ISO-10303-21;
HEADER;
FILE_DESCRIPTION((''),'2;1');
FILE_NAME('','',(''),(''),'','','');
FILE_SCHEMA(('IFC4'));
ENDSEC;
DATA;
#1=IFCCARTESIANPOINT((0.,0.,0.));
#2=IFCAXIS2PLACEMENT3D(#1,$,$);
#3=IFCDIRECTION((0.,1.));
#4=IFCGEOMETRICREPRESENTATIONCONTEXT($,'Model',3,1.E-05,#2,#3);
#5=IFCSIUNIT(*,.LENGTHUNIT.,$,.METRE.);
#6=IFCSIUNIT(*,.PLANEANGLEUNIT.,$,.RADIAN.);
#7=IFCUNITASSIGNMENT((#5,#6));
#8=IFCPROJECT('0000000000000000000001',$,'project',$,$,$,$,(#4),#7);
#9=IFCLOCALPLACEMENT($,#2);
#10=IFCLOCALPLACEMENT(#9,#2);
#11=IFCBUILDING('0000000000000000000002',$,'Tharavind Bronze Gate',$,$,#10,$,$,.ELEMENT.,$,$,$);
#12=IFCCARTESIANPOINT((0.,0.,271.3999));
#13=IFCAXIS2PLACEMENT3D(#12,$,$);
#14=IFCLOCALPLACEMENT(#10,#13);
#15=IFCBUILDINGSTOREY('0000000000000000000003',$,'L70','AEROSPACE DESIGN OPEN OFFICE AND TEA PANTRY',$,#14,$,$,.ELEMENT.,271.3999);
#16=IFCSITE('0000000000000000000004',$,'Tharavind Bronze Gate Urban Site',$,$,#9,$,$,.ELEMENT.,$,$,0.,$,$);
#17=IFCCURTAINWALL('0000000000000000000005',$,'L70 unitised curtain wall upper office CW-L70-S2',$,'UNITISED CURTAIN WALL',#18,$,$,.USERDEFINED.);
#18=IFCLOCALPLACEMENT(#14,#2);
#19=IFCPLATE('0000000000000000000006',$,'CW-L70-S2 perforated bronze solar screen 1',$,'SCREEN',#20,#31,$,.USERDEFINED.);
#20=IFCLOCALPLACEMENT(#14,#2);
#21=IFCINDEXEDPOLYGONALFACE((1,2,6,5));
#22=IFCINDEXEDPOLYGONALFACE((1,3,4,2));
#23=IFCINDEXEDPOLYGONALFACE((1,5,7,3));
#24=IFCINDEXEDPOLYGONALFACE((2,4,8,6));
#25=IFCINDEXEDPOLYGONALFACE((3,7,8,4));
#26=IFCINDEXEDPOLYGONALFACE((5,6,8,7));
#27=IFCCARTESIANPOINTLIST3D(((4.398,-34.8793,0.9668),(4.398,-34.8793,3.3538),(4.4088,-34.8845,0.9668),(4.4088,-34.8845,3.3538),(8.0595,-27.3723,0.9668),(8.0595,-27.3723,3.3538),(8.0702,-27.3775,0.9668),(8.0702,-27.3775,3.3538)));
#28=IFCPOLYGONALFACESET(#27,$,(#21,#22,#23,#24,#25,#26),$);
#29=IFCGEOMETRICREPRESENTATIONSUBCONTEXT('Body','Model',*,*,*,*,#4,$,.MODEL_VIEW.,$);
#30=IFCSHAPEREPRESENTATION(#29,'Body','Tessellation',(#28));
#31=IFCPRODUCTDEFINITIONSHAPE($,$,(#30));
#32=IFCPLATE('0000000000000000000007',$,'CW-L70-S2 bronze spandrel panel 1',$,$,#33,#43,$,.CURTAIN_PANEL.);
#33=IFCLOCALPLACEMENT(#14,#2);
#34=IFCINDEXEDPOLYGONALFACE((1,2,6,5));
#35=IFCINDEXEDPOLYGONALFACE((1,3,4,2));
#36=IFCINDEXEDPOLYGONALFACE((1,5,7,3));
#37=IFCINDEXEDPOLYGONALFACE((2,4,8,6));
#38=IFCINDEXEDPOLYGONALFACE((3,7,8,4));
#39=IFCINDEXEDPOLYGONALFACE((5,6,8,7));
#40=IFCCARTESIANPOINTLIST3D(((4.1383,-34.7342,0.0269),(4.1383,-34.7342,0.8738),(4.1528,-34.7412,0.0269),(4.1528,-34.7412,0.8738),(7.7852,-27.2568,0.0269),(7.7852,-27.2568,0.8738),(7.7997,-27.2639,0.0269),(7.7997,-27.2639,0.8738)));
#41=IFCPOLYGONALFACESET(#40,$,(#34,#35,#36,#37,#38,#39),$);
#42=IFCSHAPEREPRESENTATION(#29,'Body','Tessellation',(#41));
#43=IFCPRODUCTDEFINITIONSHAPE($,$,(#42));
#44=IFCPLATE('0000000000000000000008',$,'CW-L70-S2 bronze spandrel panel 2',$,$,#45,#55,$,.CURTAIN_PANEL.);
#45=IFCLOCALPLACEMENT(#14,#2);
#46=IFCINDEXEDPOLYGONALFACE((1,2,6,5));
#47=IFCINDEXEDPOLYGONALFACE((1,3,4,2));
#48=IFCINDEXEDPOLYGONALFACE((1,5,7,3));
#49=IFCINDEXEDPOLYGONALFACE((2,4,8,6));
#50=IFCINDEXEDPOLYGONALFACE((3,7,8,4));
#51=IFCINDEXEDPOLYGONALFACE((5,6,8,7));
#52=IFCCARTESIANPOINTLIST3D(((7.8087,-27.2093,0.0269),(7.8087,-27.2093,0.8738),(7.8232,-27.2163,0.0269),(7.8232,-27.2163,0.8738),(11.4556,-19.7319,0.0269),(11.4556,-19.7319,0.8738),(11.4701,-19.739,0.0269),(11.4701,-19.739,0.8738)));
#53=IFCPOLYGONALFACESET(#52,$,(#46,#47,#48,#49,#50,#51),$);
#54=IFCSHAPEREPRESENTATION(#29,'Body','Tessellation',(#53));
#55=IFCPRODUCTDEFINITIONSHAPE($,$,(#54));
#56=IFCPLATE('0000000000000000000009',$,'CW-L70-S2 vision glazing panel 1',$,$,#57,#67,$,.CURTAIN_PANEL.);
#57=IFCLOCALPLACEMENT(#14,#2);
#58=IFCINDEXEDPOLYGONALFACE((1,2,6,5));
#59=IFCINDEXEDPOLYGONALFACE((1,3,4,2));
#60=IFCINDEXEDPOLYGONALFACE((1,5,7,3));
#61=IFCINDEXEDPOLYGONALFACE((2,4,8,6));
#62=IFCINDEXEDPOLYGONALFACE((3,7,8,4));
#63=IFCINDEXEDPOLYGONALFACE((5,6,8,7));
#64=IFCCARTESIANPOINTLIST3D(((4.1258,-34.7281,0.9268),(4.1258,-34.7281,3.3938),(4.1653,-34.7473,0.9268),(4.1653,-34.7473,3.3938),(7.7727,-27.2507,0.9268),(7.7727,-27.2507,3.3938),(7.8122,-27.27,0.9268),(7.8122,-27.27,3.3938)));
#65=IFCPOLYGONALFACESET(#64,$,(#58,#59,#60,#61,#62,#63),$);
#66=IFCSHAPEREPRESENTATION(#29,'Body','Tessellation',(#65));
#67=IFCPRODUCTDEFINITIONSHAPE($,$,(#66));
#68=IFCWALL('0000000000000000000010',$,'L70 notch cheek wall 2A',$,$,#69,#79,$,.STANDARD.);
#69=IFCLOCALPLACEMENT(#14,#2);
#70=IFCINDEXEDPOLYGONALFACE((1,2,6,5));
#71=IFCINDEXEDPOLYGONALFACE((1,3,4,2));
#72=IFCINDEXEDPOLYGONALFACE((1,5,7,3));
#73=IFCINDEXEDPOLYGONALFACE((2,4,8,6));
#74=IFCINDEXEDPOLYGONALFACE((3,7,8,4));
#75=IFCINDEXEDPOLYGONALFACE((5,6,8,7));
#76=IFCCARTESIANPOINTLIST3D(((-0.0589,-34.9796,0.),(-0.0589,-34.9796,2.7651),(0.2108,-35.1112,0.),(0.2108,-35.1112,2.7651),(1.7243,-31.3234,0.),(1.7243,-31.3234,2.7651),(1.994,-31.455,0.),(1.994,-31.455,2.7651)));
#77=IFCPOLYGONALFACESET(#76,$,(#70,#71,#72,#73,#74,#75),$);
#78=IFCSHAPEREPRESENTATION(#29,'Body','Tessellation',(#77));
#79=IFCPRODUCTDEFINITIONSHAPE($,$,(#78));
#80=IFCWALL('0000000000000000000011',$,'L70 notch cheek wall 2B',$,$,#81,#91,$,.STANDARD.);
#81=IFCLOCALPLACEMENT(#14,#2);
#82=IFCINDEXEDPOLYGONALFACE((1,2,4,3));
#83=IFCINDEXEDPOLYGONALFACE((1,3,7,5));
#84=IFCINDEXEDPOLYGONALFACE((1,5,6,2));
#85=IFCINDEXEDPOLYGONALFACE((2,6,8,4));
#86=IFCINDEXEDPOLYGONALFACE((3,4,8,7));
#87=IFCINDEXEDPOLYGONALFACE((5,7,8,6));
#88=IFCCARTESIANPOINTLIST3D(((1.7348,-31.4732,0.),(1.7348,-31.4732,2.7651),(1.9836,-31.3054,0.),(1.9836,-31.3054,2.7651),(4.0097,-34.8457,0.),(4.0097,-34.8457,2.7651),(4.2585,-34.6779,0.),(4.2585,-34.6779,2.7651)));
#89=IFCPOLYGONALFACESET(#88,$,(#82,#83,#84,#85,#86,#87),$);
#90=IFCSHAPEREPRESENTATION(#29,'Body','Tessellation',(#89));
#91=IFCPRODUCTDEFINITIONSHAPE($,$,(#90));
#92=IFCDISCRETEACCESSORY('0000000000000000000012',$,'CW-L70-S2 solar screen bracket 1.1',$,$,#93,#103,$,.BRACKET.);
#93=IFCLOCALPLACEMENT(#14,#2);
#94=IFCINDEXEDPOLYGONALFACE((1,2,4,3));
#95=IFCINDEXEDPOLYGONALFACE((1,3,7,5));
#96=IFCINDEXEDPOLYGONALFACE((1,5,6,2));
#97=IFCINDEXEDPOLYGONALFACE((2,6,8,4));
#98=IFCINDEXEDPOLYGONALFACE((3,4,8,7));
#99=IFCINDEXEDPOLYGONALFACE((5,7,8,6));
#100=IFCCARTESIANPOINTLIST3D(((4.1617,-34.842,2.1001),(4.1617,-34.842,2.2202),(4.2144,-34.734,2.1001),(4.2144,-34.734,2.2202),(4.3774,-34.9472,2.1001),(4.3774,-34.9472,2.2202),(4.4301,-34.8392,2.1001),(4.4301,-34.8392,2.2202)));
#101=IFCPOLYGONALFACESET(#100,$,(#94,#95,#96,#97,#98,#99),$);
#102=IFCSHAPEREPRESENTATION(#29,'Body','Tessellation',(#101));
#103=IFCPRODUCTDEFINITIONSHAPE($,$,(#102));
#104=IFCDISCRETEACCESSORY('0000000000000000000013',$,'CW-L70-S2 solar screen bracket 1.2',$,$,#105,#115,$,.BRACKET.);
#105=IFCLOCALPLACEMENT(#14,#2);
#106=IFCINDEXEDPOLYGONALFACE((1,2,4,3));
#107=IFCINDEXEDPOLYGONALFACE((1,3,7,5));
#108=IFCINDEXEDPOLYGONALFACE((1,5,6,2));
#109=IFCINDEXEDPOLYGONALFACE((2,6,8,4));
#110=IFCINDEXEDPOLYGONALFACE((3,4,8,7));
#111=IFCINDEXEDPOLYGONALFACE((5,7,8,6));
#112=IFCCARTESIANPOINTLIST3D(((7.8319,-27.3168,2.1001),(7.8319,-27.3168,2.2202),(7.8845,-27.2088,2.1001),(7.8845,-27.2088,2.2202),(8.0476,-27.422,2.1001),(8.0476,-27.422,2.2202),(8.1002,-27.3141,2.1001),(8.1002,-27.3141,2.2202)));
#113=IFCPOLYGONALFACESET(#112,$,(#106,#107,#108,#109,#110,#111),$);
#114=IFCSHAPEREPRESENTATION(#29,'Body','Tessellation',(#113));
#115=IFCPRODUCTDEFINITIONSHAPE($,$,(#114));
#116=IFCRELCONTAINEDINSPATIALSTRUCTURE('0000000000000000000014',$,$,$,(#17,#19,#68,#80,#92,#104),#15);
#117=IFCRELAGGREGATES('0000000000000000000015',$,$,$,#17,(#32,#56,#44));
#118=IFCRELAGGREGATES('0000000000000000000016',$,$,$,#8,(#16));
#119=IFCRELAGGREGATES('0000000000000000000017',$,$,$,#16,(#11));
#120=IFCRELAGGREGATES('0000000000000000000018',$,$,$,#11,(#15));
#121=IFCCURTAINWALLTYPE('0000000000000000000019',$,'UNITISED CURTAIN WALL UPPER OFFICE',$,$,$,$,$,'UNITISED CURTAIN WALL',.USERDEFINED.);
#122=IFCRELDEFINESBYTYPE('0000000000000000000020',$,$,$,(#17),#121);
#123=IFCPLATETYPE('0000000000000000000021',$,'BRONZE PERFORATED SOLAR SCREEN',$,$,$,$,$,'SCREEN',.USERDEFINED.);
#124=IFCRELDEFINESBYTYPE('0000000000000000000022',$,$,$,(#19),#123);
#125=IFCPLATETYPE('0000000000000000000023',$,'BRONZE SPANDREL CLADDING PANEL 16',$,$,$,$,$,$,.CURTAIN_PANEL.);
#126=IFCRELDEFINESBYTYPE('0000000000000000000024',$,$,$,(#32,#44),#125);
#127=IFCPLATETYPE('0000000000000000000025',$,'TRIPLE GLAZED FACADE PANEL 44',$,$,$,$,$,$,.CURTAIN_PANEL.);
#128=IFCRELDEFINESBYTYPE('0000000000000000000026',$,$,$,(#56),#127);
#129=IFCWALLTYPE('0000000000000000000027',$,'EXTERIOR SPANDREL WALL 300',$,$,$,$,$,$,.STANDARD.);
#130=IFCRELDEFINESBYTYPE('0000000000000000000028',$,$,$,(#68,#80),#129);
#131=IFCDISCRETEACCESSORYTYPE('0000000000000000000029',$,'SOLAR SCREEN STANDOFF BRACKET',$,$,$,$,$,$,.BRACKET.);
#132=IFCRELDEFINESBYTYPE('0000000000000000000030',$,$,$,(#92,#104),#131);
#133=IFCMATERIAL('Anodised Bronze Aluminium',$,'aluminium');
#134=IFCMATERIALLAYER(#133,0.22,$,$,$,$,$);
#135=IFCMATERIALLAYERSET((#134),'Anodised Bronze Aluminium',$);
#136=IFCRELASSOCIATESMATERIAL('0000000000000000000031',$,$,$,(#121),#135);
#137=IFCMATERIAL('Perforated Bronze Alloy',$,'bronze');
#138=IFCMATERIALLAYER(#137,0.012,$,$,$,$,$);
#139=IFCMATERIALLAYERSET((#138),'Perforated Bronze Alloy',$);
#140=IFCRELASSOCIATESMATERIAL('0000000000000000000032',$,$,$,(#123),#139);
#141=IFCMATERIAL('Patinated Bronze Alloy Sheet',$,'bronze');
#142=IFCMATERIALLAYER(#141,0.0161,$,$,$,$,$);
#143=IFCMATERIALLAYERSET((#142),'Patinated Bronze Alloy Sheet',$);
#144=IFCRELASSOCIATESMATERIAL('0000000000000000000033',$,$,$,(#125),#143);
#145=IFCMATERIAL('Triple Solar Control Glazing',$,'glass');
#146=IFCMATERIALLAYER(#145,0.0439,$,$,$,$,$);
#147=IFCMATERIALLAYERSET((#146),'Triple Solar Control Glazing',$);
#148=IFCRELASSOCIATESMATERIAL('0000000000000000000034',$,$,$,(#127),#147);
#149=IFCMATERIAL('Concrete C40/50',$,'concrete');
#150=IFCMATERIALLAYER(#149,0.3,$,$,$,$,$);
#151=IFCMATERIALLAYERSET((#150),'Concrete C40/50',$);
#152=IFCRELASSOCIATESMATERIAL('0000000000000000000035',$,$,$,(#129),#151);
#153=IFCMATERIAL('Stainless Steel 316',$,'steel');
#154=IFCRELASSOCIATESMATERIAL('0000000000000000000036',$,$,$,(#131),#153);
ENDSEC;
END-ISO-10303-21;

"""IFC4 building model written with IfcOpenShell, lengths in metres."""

from ifc_helpers import new_model, si_unit, direction, frame, frame_2d, origin, origin_2d, place, context, subcontext, project, spatial, rectangle, extrude, material, layer, layer_set, type_object, element, aggregate, save


model = new_model("IFC4")

# Units and contexts
model_context = context("Model", 3, precision=1e-05, world=origin(), true_north=direction((0.0, 1.0)))
body_context = subcontext(model_context, "Body", "Model", "MODEL_VIEW")
ifc_project = project(units=[si_unit("LENGTHUNIT", "METRE"), si_unit("PLANEANGLEUNIT", "RADIAN")], contexts=[model_context])

# Site, building, storey
site_placement = place(None, origin())
site = spatial("IfcSite", under=ifc_project, at=site_placement, Name="Tharavind Bronze Gate Urban Site", CompositionType="ELEMENT", RefElevation=0.0)
building_placement = place(site_placement, origin())
building = spatial("IfcBuilding", under=site, at=building_placement, Name="Tharavind Bronze Gate", CompositionType="ELEMENT")
storey_placement = place(building_placement, frame((0.0, 0.0, 271.3999)))
storey = spatial("IfcBuildingStorey", under=building, at=storey_placement, Name="L70", Description="AEROSPACE DESIGN OPEN OFFICE AND TEA PANTRY", CompositionType="ELEMENT", Elevation=271.3999)

# Shared definitions
ifc_material_1 = material(Name="Anodised Bronze Aluminium", Category="aluminium")
ifc_layer_1 = layer(ifc_material_1, 0.22)
ifc_layer_set_1 = layer_set([ifc_layer_1], Name="Anodised Bronze Aluminium")
curtain_wall_type = type_object("IfcCurtainWallType", Name="UNITISED CURTAIN WALL UPPER OFFICE", ElementType="UNITISED CURTAIN WALL", PredefinedType="USERDEFINED", material=ifc_layer_set_1)

# Curtain wall
curtain_wall_1_placement = place(storey_placement, origin())
curtain_wall_1 = element("IfcCurtainWall", 1, at=curtain_wall_1_placement, inside=storey, type_object=curtain_wall_type, Name="L70 unitised curtain wall upper office CW-L70-S2", ObjectType="UNITISED CURTAIN WALL", PredefinedType="USERDEFINED")

# Plates
ifc_material_2 = material(Name="Perforated Bronze Alloy", Category="bronze")
ifc_layer_2 = layer(ifc_material_2, 0.012)
ifc_layer_set_2 = layer_set([ifc_layer_2], Name="Perforated Bronze Alloy")
plate_type_1 = type_object("IfcPlateType", Name="BRONZE PERFORATED SOLAR SCREEN", ElementType="SCREEN", PredefinedType="USERDEFINED", material=ifc_layer_set_2)
plate_1_placement = place(storey_placement, frame((6.2341, -31.1284, 0.9668), z_axis=(0.0, 0.0, 1.0), x_axis=(0.438373, 0.898793, 0.0)))
element("IfcPlate", 2, at=plate_1_placement, inside=storey, type_object=plate_type_1, Name="CW-L70-S2 perforated bronze solar screen 1", ObjectType="SCREEN", PredefinedType="USERDEFINED", context=body_context, shape_type="SweptSolid", body=[
    extrude(rectangle(XDim=8.3523, YDim=0.012, at=origin_2d()), origin(), (0.0, 0.0, 1.0), 2.387),
])
ifc_material_3 = material(Name="Patinated Bronze Alloy Sheet", Category="bronze")
ifc_layer_3 = layer(ifc_material_3, 0.0161)
ifc_layer_set_3 = layer_set([ifc_layer_3], Name="Patinated Bronze Alloy Sheet")
plate_type_2 = type_object("IfcPlateType", Name="BRONZE SPANDREL CLADDING PANEL 16", PredefinedType="CURTAIN_PANEL", material=ifc_layer_set_3)
plate_2_placement = place(storey_placement, frame((5.969, -30.999, 0.0269), z_axis=(0.0, 0.0, 1.0), x_axis=(0.438373, 0.898793, 0.0)))
plate_2 = element("IfcPlate", 3, at=plate_2_placement, type_object=plate_type_2, Name="CW-L70-S2 bronze spandrel panel 1", PredefinedType="CURTAIN_PANEL", context=body_context, shape_type="SweptSolid", body=[
    extrude(rectangle(XDim=8.3193, YDim=0.0161, at=origin_2d()), origin(), (0.0, 0.0, 1.0), 0.8469),
])
plate_3_placement = place(storey_placement, frame((9.6394, -23.4741, 0.0269), z_axis=(0.0, 0.0, 1.0), x_axis=(0.438373, 0.898793, 0.0)))
plate_3 = element("IfcPlate", 4, at=plate_3_placement, type_object=plate_type_2, Name="CW-L70-S2 bronze spandrel panel 2", PredefinedType="CURTAIN_PANEL", context=body_context, shape_type="SweptSolid", body=[
    extrude(rectangle(XDim=8.3193, YDim=0.0161, at=origin_2d()), origin(), (0.0, 0.0, 1.0), 0.8469),
])
ifc_material_4 = material(Name="Triple Solar Control Glazing", Category="glass")
ifc_layer_4 = layer(ifc_material_4, 0.0439)
ifc_layer_set_4 = layer_set([ifc_layer_4], Name="Triple Solar Control Glazing")
plate_type_3 = type_object("IfcPlateType", Name="TRIPLE GLAZED FACADE PANEL 44", PredefinedType="CURTAIN_PANEL", material=ifc_layer_set_4)
plate_4_placement = place(storey_placement, frame((5.969, -30.999, 0.9268), z_axis=(0.0, 0.0, 1.0), x_axis=(0.438373, 0.898793, 0.0)))
plate_4 = element("IfcPlate", 5, at=plate_4_placement, type_object=plate_type_3, Name="CW-L70-S2 vision glazing panel 1", PredefinedType="CURTAIN_PANEL", context=body_context, shape_type="SweptSolid", body=[
    extrude(rectangle(XDim=8.3193, YDim=0.0439, at=origin_2d()), origin(), (0.0, 0.0, 1.0), 2.467),
])
aggregate(curtain_wall_1, [plate_2, plate_4, plate_3])

# Walls
ifc_material_5 = material(Name="Concrete C40/50", Category="concrete")
ifc_layer_5 = layer(ifc_material_5, 0.3)
ifc_layer_set_5 = layer_set([ifc_layer_5], Name="Concrete C40/50")
wall_type = type_object("IfcWallType", Name="EXTERIOR SPANDREL WALL 300", PredefinedType="STANDARD", material=ifc_layer_set_5)
wall_1_placement = place(storey_placement, frame((0.0759, -35.0454, 0.0), z_axis=(0.0, 0.0, 1.0), x_axis=(0.438357, 0.898801, 0.0)))
element("IfcWall", 6, at=wall_1_placement, inside=storey, type_object=wall_type, Name="L70 notch cheek wall 2A", PredefinedType="STANDARD", context=body_context, shape_type="SweptSolid", body=[
    extrude(rectangle(XDim=4.0679, YDim=0.3, at=frame_2d((2.0339, 0.0))), origin(), (0.0, 0.0, 1.0), 2.7651),
])
wall_2_placement = place(storey_placement, frame((1.8591, -31.3892, 0.0), z_axis=(0.0, 0.0, 1.0), x_axis=(0.559207, -0.829028, 0.0)))
element("IfcWall", 7, at=wall_2_placement, inside=storey, type_object=wall_type, Name="L70 notch cheek wall 2B", PredefinedType="STANDARD", context=body_context, shape_type="SweptSolid", body=[
    extrude(rectangle(XDim=4.0681, YDim=0.3, at=frame_2d((2.0342, 0.0))), origin(), (0.0, 0.0, 1.0), 2.7651),
])

# Discrete accessories
ifc_material_6 = material(Name="Stainless Steel 316", Category="steel")
discrete_accessory_type = type_object("IfcDiscreteAccessoryType", Name="SOLAR SCREEN STANDOFF BRACKET", PredefinedType="BRACKET", material=ifc_material_6)
for number, where, z_axis, x_axis, name in (
    (8, (4.2959, -34.8406, 2.1001), (0.0, 0.0, 1.0), (0.438373, 0.898793, 0.0), "CW-L70-S2 solar screen bracket 1.1"),
    (9, (7.9661, -27.3154, 2.1001), (0.0, 0.0, 1.0), (0.438373, 0.898793, 0.0), "CW-L70-S2 solar screen bracket 1.2"),
):
    element("IfcDiscreteAccessory", number, at=place(storey_placement, frame(where, z_axis=z_axis, x_axis=x_axis)), inside=storey, type_object=discrete_accessory_type, Name=name, PredefinedType="BRACKET", context=body_context, shape_type="SweptSolid", body=[
        extrude(rectangle(XDim=0.1201, YDim=0.24, at=origin_2d()), origin(), (0.0, 0.0, 1.0), 0.1201),
    ])

save(model, "model.ifc")
